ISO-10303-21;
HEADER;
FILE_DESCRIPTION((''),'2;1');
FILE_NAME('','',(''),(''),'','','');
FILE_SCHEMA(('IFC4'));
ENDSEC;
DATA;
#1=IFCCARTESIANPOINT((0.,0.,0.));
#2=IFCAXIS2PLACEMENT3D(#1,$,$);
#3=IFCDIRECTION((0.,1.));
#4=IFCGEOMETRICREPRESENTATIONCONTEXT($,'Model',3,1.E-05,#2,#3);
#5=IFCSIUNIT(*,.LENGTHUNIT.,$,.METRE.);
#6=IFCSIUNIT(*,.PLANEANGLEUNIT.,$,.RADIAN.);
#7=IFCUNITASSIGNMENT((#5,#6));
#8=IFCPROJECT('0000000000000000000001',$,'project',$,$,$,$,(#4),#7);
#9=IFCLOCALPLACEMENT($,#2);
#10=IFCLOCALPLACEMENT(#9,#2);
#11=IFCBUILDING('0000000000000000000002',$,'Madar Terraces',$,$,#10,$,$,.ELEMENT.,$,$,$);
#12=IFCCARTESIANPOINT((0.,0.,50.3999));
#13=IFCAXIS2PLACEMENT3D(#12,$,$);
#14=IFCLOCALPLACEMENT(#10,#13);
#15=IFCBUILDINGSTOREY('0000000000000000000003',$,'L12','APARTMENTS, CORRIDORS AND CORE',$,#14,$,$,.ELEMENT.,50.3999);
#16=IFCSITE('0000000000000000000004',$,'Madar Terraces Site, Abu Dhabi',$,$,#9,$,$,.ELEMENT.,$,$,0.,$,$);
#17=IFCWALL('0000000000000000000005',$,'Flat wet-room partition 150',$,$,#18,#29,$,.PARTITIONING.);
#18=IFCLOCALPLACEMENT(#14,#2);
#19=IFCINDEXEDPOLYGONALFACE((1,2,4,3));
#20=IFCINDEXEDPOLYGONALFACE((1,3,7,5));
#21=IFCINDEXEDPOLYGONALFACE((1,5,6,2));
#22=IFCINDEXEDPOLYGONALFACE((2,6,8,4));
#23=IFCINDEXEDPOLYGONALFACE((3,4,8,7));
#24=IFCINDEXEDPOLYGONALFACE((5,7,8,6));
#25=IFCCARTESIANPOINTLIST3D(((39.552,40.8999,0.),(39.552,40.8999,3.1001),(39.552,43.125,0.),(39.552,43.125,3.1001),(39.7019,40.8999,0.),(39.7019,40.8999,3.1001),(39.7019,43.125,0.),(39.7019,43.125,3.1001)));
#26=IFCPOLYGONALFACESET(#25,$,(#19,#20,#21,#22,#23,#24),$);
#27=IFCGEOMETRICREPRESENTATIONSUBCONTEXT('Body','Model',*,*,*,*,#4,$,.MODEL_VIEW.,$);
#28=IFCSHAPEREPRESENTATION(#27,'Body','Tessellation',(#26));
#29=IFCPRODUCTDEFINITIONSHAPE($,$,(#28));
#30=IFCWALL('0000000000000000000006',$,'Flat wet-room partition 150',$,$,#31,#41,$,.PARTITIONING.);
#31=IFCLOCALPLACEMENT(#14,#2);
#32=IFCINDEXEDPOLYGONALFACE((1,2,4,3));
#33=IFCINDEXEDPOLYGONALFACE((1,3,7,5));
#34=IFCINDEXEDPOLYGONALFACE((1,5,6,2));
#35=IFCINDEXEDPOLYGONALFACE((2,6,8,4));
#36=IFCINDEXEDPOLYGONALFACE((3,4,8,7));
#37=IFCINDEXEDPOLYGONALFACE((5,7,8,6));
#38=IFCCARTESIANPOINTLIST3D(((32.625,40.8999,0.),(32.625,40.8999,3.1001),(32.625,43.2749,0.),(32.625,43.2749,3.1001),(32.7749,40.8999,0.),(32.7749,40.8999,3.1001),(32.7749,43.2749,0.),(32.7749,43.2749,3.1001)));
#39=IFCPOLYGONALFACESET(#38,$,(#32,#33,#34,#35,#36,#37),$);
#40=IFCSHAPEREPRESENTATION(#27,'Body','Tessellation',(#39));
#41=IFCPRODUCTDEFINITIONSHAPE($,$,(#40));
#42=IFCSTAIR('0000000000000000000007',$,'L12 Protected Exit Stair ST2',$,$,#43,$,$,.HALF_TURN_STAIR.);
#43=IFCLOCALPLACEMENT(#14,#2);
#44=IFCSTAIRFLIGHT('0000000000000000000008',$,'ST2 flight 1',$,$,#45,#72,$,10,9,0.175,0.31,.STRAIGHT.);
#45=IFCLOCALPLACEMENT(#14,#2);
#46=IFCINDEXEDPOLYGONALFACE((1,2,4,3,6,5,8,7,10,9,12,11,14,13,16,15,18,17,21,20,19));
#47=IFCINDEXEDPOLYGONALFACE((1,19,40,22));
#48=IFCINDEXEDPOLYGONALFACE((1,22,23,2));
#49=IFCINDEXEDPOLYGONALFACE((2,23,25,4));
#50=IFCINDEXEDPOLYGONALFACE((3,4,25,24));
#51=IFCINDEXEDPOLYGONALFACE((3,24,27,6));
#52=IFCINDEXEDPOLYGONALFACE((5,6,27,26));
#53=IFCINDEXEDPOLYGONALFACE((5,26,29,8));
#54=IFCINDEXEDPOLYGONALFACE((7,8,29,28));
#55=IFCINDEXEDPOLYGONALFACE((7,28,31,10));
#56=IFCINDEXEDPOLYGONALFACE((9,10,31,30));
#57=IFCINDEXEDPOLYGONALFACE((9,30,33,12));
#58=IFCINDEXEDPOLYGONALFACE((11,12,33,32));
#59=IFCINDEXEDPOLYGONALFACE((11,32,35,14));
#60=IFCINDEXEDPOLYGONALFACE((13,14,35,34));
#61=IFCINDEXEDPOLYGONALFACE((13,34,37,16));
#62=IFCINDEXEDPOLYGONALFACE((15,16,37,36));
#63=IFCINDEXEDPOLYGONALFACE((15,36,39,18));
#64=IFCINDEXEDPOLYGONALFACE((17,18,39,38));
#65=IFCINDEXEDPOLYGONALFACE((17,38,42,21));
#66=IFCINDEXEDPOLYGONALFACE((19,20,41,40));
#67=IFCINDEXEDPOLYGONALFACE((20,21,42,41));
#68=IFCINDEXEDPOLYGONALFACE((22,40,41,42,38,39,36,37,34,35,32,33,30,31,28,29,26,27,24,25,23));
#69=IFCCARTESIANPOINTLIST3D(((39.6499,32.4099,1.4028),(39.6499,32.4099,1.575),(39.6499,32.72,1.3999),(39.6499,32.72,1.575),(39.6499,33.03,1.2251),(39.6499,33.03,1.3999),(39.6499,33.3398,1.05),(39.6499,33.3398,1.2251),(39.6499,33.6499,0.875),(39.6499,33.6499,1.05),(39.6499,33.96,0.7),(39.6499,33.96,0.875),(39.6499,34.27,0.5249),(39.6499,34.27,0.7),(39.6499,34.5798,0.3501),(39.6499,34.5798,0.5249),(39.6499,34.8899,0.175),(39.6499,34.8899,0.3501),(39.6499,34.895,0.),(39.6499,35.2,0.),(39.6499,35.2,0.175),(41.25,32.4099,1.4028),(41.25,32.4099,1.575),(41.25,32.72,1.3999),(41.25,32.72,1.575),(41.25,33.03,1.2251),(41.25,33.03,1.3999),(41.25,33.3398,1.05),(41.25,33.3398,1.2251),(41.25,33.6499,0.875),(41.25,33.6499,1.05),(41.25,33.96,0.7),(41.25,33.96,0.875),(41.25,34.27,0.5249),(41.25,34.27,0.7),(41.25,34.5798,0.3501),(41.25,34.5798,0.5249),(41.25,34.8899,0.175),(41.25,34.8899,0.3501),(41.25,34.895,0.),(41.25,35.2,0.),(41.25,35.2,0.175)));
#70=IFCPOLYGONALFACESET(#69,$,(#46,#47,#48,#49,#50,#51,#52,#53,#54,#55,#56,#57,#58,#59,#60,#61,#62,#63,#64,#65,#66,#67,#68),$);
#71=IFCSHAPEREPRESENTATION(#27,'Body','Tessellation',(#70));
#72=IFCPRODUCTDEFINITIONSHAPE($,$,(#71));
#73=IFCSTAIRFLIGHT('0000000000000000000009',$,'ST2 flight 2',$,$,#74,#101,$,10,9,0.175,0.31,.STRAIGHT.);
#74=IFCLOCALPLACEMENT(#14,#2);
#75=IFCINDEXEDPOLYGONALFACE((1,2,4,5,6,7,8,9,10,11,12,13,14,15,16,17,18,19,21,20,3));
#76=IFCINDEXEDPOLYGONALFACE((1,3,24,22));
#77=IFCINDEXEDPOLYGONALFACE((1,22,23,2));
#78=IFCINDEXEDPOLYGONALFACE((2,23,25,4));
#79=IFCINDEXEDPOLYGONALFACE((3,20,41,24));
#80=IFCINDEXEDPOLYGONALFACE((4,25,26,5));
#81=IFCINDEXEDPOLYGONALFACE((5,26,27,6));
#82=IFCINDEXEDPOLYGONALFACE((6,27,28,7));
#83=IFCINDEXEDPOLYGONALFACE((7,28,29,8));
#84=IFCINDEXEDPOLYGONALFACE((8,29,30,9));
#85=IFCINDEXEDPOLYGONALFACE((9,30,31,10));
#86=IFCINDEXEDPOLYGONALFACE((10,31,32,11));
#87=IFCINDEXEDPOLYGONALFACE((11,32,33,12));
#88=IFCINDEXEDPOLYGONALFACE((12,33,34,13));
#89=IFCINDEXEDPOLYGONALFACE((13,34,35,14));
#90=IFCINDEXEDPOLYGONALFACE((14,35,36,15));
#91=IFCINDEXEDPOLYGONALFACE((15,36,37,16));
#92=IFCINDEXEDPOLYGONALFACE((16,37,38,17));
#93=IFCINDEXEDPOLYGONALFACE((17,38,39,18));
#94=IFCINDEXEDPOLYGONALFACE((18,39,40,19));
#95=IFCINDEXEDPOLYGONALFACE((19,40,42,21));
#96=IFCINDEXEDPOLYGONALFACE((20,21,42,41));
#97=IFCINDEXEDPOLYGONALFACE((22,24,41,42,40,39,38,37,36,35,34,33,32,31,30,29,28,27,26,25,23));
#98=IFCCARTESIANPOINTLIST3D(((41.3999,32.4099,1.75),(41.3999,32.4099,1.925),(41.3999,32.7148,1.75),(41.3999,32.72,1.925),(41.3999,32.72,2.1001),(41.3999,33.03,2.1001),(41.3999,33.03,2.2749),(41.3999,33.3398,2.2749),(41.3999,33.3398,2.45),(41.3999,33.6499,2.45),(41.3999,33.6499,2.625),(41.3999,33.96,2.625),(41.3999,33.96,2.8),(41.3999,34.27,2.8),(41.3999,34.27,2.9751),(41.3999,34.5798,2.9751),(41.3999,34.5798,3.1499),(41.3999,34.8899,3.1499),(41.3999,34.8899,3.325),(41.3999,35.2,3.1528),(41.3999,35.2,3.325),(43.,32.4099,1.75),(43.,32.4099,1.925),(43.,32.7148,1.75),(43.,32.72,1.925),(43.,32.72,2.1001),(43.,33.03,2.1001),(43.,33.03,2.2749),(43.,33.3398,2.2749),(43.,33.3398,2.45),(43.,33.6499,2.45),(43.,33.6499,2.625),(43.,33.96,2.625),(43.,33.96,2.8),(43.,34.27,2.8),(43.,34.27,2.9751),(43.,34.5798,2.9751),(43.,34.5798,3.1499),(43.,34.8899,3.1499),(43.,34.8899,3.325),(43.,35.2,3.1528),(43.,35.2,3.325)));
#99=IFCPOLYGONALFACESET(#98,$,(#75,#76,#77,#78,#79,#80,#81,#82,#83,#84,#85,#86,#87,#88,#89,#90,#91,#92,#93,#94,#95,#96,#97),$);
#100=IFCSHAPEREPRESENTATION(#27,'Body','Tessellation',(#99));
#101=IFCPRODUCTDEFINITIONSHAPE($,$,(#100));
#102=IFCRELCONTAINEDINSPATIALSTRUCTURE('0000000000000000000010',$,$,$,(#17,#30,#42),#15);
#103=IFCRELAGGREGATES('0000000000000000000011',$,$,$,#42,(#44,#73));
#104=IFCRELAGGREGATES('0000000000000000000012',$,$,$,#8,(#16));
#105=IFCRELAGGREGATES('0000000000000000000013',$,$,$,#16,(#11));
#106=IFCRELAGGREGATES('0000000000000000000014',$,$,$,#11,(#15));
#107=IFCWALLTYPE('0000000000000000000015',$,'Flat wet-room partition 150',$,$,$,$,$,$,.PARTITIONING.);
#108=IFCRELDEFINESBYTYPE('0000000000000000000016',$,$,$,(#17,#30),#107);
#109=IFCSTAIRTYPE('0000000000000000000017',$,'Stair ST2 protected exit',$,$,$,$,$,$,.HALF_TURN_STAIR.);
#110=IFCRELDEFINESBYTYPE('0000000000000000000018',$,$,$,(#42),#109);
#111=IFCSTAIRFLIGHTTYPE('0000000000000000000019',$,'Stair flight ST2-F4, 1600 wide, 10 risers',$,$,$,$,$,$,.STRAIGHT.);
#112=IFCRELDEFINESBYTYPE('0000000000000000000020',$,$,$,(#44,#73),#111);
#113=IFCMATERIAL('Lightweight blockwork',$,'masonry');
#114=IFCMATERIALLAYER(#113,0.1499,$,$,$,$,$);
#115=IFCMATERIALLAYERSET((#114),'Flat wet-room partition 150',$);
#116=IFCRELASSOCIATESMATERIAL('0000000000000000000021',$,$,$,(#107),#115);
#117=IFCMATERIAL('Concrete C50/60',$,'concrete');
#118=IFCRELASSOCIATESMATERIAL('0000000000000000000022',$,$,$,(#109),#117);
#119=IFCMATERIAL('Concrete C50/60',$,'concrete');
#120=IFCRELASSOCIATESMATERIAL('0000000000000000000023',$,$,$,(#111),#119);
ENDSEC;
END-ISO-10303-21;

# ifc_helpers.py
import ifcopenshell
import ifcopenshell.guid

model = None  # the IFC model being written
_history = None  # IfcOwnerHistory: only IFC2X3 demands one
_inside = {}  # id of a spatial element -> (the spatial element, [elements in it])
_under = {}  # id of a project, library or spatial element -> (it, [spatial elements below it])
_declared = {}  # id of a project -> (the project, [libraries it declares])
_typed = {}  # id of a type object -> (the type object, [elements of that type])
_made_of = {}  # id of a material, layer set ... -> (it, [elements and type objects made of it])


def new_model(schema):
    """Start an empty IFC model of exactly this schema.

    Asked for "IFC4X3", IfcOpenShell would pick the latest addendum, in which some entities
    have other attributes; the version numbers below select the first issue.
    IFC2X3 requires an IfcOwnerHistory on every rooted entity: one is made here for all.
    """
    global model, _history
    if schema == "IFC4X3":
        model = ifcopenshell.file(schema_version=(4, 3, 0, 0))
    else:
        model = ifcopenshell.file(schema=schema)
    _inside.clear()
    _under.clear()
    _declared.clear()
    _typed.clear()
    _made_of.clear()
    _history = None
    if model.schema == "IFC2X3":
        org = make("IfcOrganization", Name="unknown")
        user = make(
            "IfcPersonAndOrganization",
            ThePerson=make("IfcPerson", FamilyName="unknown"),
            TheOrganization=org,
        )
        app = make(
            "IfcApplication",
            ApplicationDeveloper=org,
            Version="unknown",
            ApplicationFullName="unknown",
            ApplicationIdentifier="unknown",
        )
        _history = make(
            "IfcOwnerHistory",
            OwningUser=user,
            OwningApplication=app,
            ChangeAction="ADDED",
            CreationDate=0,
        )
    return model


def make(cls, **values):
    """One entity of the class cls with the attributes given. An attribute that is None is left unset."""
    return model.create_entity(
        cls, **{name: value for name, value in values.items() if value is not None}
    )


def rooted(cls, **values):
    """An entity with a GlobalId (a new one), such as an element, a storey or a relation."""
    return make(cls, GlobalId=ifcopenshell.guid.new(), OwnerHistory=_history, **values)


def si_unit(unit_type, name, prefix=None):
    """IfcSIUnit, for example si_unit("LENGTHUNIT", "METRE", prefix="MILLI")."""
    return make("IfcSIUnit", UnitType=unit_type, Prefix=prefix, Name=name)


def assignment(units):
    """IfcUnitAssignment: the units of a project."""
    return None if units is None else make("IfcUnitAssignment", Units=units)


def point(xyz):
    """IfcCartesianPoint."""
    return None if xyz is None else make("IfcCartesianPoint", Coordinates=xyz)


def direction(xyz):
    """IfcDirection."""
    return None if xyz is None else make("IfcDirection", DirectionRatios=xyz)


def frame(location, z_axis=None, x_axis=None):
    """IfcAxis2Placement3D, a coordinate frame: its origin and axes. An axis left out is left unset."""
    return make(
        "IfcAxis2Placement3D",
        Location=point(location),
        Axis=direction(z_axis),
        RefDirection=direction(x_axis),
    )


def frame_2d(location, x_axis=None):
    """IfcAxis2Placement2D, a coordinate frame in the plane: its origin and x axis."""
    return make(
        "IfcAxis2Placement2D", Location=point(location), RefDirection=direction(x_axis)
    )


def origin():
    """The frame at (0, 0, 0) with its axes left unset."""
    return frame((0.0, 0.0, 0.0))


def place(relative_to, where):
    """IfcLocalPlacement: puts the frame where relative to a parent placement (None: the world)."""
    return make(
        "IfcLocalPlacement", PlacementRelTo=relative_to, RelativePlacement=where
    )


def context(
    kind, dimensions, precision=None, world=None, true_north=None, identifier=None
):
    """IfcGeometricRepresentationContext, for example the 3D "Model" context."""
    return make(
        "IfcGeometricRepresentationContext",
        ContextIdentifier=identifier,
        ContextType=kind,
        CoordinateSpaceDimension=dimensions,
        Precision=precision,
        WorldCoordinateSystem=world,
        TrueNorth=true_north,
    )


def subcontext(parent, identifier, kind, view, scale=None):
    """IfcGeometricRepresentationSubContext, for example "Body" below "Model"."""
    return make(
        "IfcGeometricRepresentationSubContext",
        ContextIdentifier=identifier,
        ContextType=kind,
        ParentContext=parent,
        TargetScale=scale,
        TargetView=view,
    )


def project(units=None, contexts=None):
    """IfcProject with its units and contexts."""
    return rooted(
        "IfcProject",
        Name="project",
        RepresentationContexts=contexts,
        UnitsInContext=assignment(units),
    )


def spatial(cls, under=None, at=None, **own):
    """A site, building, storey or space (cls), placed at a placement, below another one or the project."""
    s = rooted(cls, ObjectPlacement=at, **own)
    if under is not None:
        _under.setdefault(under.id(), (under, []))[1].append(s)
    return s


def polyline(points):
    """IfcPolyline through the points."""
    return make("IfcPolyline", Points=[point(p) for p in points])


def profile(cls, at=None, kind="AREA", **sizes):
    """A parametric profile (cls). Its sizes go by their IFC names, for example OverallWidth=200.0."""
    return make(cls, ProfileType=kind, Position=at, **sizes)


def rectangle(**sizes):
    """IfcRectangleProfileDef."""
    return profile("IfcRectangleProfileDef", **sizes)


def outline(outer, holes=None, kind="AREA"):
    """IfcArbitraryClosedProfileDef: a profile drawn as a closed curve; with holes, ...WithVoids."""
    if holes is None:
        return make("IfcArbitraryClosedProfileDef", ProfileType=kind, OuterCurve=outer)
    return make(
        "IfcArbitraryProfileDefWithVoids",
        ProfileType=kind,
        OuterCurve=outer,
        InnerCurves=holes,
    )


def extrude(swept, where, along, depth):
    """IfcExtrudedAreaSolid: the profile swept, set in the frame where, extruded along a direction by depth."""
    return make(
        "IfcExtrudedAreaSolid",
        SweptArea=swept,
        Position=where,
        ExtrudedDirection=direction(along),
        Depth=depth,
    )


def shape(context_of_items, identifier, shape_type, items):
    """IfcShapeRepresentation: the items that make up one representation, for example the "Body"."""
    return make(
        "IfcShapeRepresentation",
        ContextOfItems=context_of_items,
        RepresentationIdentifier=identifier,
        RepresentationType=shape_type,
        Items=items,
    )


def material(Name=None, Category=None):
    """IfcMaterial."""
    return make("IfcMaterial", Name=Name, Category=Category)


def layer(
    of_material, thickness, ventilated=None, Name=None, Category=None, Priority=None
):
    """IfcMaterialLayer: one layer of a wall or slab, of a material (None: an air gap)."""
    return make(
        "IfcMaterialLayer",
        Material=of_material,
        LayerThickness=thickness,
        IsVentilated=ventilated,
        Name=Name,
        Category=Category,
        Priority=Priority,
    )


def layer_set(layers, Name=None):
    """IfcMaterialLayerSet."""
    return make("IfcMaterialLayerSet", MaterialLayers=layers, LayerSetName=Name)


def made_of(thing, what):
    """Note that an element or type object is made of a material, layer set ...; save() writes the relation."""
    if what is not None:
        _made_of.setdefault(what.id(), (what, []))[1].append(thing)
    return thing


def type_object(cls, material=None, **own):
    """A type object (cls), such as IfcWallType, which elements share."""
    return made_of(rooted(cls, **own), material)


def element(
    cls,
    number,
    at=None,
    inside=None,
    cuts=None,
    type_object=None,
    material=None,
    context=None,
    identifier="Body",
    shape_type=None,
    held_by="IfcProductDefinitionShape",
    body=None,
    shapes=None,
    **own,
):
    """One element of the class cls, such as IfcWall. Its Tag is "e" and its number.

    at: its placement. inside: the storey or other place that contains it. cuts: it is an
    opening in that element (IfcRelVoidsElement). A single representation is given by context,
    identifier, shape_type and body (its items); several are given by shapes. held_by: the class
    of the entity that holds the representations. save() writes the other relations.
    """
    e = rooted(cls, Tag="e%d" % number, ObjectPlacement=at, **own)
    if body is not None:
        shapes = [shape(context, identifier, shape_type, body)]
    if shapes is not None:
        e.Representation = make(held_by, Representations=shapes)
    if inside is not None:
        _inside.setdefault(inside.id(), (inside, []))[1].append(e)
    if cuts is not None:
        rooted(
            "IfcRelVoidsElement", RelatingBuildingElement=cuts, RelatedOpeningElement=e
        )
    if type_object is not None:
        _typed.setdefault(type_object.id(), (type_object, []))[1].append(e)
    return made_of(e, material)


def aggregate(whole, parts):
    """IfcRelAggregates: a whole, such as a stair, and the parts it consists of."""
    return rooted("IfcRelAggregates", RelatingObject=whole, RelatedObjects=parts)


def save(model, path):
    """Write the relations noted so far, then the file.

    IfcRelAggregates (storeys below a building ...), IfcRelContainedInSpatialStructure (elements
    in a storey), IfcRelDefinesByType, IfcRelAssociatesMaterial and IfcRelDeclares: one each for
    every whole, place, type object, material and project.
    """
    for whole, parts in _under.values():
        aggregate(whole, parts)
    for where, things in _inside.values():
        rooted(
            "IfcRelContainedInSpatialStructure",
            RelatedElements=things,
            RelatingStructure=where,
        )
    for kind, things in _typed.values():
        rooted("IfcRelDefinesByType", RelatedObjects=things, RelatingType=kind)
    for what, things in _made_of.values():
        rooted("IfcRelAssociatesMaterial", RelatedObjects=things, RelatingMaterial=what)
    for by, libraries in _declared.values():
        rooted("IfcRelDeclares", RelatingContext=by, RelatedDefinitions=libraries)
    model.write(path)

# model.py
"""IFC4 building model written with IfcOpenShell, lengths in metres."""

from ifc_helpers import new_model, si_unit, direction, frame, frame_2d, origin, place, context, subcontext, project, spatial, polyline, rectangle, outline, extrude, material, layer, layer_set, type_object, element, aggregate, save


model = new_model("IFC4")

# Units and contexts
model_context = context("Model", 3, precision=1e-05, world=origin(), true_north=direction((0.0, 1.0)))
body_context = subcontext(model_context, "Body", "Model", "MODEL_VIEW")
ifc_project = project(units=[si_unit("LENGTHUNIT", "METRE"), si_unit("PLANEANGLEUNIT", "RADIAN")], contexts=[model_context])

# Site, building, storey
site_placement = place(None, origin())
site = spatial("IfcSite", under=ifc_project, at=site_placement, Name="Madar Terraces Site, Abu Dhabi", CompositionType="ELEMENT", RefElevation=0.0)
building_placement = place(site_placement, origin())
building = spatial("IfcBuilding", under=site, at=building_placement, Name="Madar Terraces", CompositionType="ELEMENT")
storey_placement = place(building_placement, frame((0.0, 0.0, 50.3999)))
storey = spatial("IfcBuildingStorey", under=building, at=storey_placement, Name="L12", Description="APARTMENTS, CORRIDORS AND CORE", CompositionType="ELEMENT", Elevation=50.3999)

# Walls
ifc_material_1 = material(Name="Lightweight blockwork", Category="masonry")
ifc_layer_1 = layer(ifc_material_1, 0.1499)
ifc_layer_set_1 = layer_set([ifc_layer_1], Name="Flat wet-room partition 150")
wall_type_1 = type_object("IfcWallType", Name="Flat wet-room partition 150", PredefinedType="PARTITIONING", material=ifc_layer_set_1)
for number, where, z_axis, x_axis, name in (
    (1, (39.627, 40.8999, 0.0), (0.0, 0.0, 1.0), (0.0, 1.0, 0.0), "Flat wet-room partition 150"),
):
    element("IfcWall", number, at=place(storey_placement, frame(where, z_axis=z_axis, x_axis=x_axis)), inside=storey, type_object=wall_type_1, Name=name, PredefinedType="PARTITIONING", context=body_context, shape_type="SweptSolid", body=[
        extrude(rectangle(XDim=2.2251, YDim=0.1499, at=frame_2d((1.1125, 0.0))), origin(), (0.0, 0.0, 1.0), 3.1001),
    ])
wall_1_placement = place(storey_placement, frame((32.7, 40.8999, 0.0), z_axis=(0.0, 0.0, 1.0), x_axis=(0.0, 1.0, 0.0)))
element("IfcWall", 2, at=wall_1_placement, inside=storey, type_object=wall_type_1, Name="Flat wet-room partition 150", PredefinedType="PARTITIONING", context=body_context, shape_type="SweptSolid", body=[
    extrude(rectangle(XDim=2.375, YDim=0.1499, at=frame_2d((1.1875, 0.0))), origin(), (0.0, 0.0, 1.0), 3.1001),
])

# Stair, stair flights
ifc_material_2 = material(Name="Concrete C50/60", Category="concrete")
stair_type = type_object("IfcStairType", Name="Stair ST2 protected exit", PredefinedType="HALF_TURN_STAIR", material=ifc_material_2)
stair_placement = place(storey_placement, origin())
stair = element("IfcStair", 3, at=stair_placement, inside=storey, type_object=stair_type, Name="L12 Protected Exit Stair ST2", PredefinedType="HALF_TURN_STAIR")
ifc_material_3 = material(Name="Concrete C50/60", Category="concrete")
stair_flight_type = type_object("IfcStairFlightType", Name="Stair flight ST2-F4, 1600 wide, 10 risers", PredefinedType="STRAIGHT", material=ifc_material_3)
stair_flight_1_placement = place(storey_placement, frame((40.45, 35.2, 0.0), z_axis=(0.0, 0.0, 1.0), x_axis=(0.0, -1.0, 0.0)))
stair_flight_1 = element("IfcStairFlight", 4, at=stair_flight_1_placement, type_object=stair_flight_type, Name="ST2 flight 1", NumberOfRisers=10, NumberOfTreads=9, PredefinedType="STRAIGHT", RiserHeight=0.175, TreadLength=0.31, context=body_context, shape_type="SweptSolid", body=[
    extrude(outline(polyline([(0.0, 0.0), (0.0, 0.175), (0.3101, 0.175), (0.3101, 0.3501), (0.6201, 0.3501), (0.6201, 0.5249), (0.9299, 0.5249), (0.9299, 0.7), (1.24, 0.7), (1.24, 0.875), (1.55, 0.875), (1.55, 1.05), (1.8601, 1.05), (1.8601, 1.2251), (2.1699, 1.2251), (2.1699, 1.3999), (2.48, 1.3999), (2.48, 1.575), (2.79, 1.575), (2.79, 1.75), (2.79, 1.4028), (0.3049, 0.0), (0.0, 0.0)])), frame((0.0, 0.8, 0.0), z_axis=(0.0, -1.0, 0.0), x_axis=(1.0, 0.0, 0.0)), (0.0, 0.0, 1.0), 1.6001),
])
stair_flight_2_placement = place(storey_placement, frame((42.2, 32.4099, 1.75), z_axis=(0.0, 0.0, 1.0), x_axis=(0.0, 1.0, 0.0)))
stair_flight_2 = element("IfcStairFlight", 5, at=stair_flight_2_placement, type_object=stair_flight_type, Name="ST2 flight 2", NumberOfRisers=10, NumberOfTreads=9, PredefinedType="STRAIGHT", RiserHeight=0.175, TreadLength=0.31, context=body_context, shape_type="SweptSolid", body=[
    extrude(outline(polyline([(0.0, 0.0), (0.0, 0.175), (0.3101, 0.175), (0.3101, 0.3501), (0.6201, 0.3501), (0.6201, 0.5249), (0.9299, 0.5249), (0.9299, 0.7), (1.24, 0.7), (1.24, 0.875), (1.55, 0.875), (1.55, 1.05), (1.8601, 1.05), (1.8601, 1.2251), (2.1699, 1.2251), (2.1699, 1.3999), (2.48, 1.3999), (2.48, 1.575), (2.79, 1.575), (2.79, 1.75), (2.79, 1.4028), (0.3049, 0.0), (0.0, 0.0)])), frame((0.0, 0.8, 0.0), z_axis=(0.0, -1.0, 0.0), x_axis=(1.0, 0.0, 0.0)), (0.0, 0.0, 1.0), 1.6001),
])
aggregate(stair, [stair_flight_1, stair_flight_2])

save(model, "model.ifc")
